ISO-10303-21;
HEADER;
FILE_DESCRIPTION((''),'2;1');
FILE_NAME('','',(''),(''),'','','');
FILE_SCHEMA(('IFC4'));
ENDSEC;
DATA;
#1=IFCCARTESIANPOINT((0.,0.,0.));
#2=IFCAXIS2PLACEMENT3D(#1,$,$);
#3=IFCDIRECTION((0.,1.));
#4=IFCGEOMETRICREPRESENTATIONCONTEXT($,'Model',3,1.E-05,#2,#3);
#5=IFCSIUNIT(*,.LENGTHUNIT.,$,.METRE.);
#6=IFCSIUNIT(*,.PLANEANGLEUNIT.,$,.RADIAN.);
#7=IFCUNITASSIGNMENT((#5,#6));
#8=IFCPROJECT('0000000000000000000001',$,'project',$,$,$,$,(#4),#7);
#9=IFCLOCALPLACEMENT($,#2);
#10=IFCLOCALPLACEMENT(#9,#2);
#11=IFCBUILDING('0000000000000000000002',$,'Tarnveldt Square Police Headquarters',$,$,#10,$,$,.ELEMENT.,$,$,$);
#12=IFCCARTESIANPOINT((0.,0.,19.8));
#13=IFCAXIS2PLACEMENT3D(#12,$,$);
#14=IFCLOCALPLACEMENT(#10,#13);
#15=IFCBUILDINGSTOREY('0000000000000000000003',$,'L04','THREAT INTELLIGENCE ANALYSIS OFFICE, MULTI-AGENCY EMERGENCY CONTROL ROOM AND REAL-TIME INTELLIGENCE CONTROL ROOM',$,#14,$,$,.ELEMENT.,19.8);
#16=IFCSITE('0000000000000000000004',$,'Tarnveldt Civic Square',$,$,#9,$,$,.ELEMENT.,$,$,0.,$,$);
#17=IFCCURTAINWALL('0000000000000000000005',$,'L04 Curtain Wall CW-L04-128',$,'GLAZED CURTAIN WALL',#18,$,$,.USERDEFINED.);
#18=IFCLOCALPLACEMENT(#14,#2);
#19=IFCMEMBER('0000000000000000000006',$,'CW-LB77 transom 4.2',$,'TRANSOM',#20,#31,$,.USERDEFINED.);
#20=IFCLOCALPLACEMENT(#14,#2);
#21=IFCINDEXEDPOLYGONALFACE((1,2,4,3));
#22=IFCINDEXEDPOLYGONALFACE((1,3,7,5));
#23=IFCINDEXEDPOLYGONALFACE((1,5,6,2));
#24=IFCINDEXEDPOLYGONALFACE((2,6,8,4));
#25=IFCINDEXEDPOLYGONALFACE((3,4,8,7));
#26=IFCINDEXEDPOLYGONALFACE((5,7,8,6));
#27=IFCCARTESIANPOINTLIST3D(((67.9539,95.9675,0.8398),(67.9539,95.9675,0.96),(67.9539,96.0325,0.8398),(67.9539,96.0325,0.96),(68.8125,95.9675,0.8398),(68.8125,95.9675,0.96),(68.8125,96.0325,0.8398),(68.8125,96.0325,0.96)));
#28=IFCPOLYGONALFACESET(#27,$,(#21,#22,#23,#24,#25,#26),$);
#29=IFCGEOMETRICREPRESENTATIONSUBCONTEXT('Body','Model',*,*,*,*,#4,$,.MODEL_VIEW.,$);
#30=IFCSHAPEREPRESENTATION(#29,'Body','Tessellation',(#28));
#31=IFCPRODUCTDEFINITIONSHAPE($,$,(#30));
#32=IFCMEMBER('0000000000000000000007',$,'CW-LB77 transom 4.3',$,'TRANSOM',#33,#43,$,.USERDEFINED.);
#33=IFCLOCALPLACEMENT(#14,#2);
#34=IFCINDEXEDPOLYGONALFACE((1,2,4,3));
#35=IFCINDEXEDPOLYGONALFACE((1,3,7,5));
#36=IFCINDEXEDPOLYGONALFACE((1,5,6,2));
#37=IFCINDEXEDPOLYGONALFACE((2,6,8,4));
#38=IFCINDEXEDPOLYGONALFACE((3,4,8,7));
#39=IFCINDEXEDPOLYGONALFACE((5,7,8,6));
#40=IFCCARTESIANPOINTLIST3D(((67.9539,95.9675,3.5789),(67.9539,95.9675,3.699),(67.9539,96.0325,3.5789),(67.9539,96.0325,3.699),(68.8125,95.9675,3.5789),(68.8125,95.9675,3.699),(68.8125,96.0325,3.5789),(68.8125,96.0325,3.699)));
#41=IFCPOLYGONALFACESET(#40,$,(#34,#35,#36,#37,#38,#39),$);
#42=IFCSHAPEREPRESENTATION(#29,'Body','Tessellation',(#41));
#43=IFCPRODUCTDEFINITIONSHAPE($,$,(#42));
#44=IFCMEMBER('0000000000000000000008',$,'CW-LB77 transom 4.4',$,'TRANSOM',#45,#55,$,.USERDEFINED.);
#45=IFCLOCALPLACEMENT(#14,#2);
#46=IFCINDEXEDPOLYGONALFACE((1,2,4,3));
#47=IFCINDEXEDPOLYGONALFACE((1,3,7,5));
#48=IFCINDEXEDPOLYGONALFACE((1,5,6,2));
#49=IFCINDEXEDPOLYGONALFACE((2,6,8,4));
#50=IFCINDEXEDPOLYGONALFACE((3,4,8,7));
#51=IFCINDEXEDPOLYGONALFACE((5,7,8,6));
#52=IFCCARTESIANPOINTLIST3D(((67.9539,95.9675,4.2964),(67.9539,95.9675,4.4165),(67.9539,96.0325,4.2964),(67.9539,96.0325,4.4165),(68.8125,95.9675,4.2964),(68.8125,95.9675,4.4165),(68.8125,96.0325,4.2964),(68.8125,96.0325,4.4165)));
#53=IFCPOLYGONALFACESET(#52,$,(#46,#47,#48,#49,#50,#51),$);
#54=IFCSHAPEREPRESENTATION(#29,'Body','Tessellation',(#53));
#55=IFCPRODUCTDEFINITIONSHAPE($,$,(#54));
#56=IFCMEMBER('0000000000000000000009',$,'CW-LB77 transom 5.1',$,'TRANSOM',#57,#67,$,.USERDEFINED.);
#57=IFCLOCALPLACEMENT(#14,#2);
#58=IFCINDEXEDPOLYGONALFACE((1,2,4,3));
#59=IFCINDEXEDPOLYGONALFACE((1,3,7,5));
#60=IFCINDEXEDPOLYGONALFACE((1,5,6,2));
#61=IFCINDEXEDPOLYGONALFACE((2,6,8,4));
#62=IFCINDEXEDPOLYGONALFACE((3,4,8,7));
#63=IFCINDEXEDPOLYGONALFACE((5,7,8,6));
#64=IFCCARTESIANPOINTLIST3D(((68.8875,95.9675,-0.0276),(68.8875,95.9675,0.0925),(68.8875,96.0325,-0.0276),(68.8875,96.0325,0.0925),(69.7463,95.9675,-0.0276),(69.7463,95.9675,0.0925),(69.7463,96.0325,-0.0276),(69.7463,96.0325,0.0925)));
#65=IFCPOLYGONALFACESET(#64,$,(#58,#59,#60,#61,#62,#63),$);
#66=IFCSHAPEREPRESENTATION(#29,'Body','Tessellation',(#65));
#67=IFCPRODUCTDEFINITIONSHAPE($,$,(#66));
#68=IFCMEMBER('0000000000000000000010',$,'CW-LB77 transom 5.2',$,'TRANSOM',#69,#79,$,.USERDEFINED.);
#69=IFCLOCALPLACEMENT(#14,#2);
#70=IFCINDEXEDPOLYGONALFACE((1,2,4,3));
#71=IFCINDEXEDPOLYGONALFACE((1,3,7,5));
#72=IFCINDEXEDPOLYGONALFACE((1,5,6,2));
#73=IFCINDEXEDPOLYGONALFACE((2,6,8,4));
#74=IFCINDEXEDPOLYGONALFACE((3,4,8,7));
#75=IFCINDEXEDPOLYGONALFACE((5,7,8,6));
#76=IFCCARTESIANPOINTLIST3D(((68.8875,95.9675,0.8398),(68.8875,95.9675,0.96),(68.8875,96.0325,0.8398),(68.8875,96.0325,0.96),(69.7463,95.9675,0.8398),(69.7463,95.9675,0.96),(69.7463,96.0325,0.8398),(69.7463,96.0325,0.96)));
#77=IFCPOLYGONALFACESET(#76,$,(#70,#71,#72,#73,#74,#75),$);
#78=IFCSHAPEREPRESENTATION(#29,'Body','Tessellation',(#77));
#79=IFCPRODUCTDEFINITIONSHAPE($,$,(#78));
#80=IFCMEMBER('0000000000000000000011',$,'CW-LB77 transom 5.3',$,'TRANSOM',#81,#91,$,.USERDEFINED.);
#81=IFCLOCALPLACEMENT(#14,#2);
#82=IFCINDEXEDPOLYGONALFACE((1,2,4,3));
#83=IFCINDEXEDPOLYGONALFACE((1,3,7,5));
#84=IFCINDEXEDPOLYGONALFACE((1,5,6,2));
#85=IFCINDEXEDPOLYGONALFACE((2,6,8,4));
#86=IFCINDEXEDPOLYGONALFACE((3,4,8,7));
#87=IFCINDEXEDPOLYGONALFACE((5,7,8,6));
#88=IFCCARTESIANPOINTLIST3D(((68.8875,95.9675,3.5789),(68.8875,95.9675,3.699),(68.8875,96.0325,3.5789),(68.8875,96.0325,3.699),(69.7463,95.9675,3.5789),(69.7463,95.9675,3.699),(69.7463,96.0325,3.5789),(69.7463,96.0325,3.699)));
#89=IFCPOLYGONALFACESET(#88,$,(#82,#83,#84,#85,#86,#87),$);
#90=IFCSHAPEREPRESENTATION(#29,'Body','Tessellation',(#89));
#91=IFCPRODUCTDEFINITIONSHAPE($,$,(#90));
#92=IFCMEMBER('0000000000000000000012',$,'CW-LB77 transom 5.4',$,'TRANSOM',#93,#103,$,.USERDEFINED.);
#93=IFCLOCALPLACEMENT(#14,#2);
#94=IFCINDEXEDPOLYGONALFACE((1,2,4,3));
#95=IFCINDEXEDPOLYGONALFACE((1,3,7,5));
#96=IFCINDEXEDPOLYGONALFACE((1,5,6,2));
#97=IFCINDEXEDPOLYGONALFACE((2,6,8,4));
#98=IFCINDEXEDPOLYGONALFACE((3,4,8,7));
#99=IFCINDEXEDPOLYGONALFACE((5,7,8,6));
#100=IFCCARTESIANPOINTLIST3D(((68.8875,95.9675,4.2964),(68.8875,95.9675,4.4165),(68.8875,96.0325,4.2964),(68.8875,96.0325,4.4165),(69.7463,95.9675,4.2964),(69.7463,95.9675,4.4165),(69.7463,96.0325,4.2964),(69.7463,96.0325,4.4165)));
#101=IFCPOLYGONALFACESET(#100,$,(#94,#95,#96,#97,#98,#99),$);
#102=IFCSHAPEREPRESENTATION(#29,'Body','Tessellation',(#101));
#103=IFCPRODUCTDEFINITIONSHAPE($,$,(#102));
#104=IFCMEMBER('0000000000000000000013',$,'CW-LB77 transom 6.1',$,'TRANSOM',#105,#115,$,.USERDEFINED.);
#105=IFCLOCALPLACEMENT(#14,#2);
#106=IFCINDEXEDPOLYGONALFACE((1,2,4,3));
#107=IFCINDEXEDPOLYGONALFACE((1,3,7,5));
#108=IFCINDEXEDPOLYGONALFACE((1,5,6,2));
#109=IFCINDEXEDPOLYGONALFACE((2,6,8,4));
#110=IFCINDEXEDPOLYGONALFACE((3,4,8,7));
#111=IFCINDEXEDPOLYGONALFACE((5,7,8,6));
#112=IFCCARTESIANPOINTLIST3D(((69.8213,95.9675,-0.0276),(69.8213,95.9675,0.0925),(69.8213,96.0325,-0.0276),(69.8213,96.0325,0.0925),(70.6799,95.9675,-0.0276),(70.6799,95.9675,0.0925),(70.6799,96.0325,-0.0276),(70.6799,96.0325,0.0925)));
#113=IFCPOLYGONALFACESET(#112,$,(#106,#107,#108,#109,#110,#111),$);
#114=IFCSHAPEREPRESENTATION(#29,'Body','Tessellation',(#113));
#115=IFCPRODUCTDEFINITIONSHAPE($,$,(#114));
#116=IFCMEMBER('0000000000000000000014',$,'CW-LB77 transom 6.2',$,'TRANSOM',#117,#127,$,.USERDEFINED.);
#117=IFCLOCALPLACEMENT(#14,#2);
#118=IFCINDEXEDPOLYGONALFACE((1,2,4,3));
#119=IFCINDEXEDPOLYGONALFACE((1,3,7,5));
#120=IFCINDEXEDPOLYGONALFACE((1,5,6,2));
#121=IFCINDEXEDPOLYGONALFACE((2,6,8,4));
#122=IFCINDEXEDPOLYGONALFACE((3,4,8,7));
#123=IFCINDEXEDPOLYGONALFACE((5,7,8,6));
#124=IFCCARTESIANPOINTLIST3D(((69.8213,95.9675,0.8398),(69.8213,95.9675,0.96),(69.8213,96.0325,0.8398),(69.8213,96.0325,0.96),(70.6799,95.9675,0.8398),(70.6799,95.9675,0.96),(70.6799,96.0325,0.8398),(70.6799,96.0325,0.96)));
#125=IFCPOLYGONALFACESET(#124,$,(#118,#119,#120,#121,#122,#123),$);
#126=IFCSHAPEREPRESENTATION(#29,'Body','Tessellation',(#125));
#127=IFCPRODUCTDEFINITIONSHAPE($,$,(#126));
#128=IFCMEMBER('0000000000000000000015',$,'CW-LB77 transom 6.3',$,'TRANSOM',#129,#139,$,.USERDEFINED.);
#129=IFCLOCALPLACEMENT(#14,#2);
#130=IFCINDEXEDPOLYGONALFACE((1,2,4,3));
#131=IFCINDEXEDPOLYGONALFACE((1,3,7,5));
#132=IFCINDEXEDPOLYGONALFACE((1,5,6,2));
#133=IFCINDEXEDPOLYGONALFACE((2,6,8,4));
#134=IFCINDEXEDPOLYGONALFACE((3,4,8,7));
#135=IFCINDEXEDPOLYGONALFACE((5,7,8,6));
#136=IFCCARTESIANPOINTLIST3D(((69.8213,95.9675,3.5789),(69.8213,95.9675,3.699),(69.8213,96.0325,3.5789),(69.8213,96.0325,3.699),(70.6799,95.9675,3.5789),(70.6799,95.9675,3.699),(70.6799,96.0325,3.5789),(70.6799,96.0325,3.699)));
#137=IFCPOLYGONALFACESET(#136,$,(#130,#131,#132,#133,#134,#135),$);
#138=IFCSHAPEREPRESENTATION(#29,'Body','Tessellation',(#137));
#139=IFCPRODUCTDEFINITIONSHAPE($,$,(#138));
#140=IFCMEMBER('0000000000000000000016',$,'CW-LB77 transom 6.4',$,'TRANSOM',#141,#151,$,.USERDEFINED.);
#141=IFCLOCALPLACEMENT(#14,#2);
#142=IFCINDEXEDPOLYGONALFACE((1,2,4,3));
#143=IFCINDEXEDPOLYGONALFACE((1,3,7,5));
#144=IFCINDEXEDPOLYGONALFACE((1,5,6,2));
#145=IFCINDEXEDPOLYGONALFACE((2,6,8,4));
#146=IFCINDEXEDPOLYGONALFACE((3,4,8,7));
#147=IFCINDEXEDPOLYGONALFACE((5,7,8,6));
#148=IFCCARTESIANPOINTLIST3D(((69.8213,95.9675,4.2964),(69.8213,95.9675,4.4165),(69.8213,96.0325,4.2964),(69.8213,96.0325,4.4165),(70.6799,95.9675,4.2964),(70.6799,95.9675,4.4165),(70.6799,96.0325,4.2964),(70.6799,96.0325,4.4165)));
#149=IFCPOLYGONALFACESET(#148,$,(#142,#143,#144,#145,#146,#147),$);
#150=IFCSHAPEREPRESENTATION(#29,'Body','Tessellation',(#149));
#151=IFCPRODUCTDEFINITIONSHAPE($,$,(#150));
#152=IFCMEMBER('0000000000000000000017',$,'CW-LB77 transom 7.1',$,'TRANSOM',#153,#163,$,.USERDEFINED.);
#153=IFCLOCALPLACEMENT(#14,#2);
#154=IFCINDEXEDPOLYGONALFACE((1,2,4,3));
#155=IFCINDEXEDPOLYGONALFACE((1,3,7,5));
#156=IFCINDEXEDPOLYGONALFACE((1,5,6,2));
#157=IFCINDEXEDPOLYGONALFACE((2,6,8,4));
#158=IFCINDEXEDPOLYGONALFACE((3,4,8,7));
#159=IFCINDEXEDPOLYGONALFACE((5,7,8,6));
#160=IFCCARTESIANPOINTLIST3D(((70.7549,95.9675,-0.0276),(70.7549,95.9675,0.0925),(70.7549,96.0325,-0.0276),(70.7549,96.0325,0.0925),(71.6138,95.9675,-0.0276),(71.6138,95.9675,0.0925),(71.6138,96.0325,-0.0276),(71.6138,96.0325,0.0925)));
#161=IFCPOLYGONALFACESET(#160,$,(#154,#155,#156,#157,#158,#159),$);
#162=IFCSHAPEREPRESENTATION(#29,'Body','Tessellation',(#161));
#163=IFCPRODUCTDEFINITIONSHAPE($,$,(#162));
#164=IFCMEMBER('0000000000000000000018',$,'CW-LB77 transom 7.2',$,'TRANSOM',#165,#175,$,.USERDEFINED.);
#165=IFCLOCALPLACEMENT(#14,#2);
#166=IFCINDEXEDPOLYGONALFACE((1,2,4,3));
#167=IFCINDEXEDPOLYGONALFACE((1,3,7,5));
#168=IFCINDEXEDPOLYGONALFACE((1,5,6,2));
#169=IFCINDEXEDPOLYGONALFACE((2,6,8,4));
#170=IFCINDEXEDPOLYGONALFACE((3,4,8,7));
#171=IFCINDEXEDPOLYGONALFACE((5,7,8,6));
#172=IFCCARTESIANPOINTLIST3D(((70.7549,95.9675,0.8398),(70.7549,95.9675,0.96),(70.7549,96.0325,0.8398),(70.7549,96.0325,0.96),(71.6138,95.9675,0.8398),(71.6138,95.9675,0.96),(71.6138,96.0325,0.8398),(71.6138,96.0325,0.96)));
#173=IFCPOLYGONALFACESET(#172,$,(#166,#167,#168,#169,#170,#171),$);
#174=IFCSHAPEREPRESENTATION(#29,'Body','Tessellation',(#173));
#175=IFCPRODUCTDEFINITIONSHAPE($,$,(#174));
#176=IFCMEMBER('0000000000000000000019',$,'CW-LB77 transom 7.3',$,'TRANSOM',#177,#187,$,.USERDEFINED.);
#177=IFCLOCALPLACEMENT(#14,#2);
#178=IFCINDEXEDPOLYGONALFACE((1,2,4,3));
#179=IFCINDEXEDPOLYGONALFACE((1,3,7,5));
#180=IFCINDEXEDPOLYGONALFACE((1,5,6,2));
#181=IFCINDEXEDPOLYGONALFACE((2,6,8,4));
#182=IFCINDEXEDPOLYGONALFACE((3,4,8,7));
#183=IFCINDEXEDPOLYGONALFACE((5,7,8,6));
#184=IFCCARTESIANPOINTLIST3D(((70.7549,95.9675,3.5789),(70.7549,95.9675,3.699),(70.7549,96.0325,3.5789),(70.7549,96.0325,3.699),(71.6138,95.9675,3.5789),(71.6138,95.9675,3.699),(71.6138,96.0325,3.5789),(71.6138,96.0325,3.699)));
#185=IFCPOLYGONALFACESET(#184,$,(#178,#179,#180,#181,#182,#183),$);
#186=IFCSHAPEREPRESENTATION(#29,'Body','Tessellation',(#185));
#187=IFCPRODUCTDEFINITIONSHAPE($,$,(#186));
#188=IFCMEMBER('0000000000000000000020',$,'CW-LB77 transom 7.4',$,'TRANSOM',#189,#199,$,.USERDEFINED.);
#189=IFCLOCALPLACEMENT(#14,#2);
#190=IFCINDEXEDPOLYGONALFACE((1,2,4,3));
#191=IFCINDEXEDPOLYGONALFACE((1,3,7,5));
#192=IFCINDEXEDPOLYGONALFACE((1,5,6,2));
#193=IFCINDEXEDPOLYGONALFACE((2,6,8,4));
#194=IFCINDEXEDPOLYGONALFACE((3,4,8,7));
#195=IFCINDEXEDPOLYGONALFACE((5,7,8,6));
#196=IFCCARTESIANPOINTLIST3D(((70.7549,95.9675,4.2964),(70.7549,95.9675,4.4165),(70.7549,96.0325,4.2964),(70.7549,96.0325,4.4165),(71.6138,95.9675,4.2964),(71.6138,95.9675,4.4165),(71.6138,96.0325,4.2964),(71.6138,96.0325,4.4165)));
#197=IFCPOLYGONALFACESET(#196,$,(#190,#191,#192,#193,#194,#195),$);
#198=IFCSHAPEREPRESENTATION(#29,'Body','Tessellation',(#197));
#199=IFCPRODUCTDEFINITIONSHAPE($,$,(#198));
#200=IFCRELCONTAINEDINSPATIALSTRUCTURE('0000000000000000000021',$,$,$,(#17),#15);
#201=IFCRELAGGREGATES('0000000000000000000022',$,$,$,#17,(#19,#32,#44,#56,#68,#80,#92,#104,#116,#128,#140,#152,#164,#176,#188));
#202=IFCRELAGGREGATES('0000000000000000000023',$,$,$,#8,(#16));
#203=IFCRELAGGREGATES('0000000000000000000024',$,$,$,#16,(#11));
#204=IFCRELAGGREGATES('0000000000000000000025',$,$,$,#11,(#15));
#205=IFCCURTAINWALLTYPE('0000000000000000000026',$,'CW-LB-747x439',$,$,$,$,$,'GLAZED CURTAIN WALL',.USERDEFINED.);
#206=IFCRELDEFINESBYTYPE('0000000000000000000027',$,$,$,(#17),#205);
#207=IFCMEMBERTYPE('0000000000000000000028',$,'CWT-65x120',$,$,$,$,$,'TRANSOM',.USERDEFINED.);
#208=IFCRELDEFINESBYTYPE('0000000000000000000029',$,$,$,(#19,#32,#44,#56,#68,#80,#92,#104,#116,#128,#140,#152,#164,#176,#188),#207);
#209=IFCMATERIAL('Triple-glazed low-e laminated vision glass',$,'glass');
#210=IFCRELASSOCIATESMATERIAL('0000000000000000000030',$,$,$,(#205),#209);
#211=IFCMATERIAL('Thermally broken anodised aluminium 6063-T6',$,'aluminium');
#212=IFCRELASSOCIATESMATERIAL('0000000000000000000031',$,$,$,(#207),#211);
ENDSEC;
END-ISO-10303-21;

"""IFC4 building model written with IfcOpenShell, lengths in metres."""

from ifc_helpers import new_model, si_unit, direction, frame, origin, origin_2d, place, context, subcontext, project, spatial, rectangle, extrude, material, material_profile, profile_set, type_object, element, aggregate, save


model = new_model("IFC4")

# Units and contexts
model_context = context("Model", 3, precision=1e-05, world=origin(), true_north=direction((0.0, 1.0)))
body_context = subcontext(model_context, "Body", "Model", "MODEL_VIEW")
ifc_project = project(units=[si_unit("LENGTHUNIT", "METRE"), si_unit("PLANEANGLEUNIT", "RADIAN")], contexts=[model_context])

# Site, building, storey
site_placement = place(None, origin())
site = spatial("IfcSite", under=ifc_project, at=site_placement, Name="Tarnveldt Civic Square", CompositionType="ELEMENT", RefElevation=0.0)
building_placement = place(site_placement, origin())
building = spatial("IfcBuilding", under=site, at=building_placement, Name="Tarnveldt Square Police Headquarters", CompositionType="ELEMENT")
storey_placement = place(building_placement, frame((0.0, 0.0, 19.8)))
storey = spatial("IfcBuildingStorey", under=building, at=storey_placement, Name="L04", Description="THREAT INTELLIGENCE ANALYSIS OFFICE, MULTI-AGENCY EMERGENCY CONTROL ROOM AND REAL-TIME INTELLIGENCE CONTROL ROOM", CompositionType="ELEMENT", Elevation=19.8)

# Curtain wall, members
ifc_material_1 = material(Name="Triple-glazed low-e laminated vision glass", Category="glass")
curtain_wall_type = type_object("IfcCurtainWallType", Name="CW-LB-747x439", ElementType="GLAZED CURTAIN WALL", PredefinedType="USERDEFINED", material=ifc_material_1)
curtain_wall_placement = place(storey_placement, origin())
curtain_wall = element("IfcCurtainWall", 1, at=curtain_wall_placement, inside=storey, type_object=curtain_wall_type, Name="L04 Curtain Wall CW-L04-128", ObjectType="GLAZED CURTAIN WALL", PredefinedType="USERDEFINED")
ifc_material_2 = material(Name="Thermally broken anodised aluminium 6063-T6", Category="aluminium")
ifc_material_profile_1 = material_profile(ifc_material_2, rectangle(XDim=0.0649, YDim=0.1201, at=origin_2d()), Name="CW-T65x120")
ifc_profile_set_1 = profile_set([ifc_material_profile_1], Name="Thermally broken anodised aluminium 6063-T6")
member_type_1 = type_object("IfcMemberType", Name="CWT-65x120", ElementType="TRANSOM", PredefinedType="USERDEFINED", material=ifc_profile_set_1)
member_1_placement = place(storey_placement, frame((67.9539, 96.0, 0.8999), z_axis=(1.0, 0.0, 0.0), x_axis=(0.0, 1.0, 0.0)))
member_1 = element("IfcMember", 2, at=member_1_placement, type_object=member_type_1, Name="CW-LB77 transom 4.2", ObjectType="TRANSOM", PredefinedType="USERDEFINED", context=body_context, shape_type="SweptSolid", body=[
    extrude(rectangle(XDim=0.0649, YDim=0.1201, at=origin_2d()), origin(), (0.0, 0.0, 1.0), 0.8586),
])
member_2_placement = place(storey_placement, frame((67.9539, 96.0, 3.6389), z_axis=(1.0, 0.0, 0.0), x_axis=(0.0, 1.0, 0.0)))
member_2 = element("IfcMember", 3, at=member_2_placement, type_object=member_type_1, Name="CW-LB77 transom 4.3", ObjectType="TRANSOM", PredefinedType="USERDEFINED", context=body_context, shape_type="SweptSolid", body=[
    extrude(rectangle(XDim=0.0649, YDim=0.1201, at=origin_2d()), origin(), (0.0, 0.0, 1.0), 0.8586),
])
member_3_placement = place(storey_placement, frame((67.9539, 96.0, 4.3564), z_axis=(1.0, 0.0, 0.0), x_axis=(0.0, 1.0, 0.0)))
member_3 = element("IfcMember", 4, at=member_3_placement, type_object=member_type_1, Name="CW-LB77 transom 4.4", ObjectType="TRANSOM", PredefinedType="USERDEFINED", context=body_context, shape_type="SweptSolid", body=[
    extrude(rectangle(XDim=0.0649, YDim=0.1201, at=origin_2d()), origin(), (0.0, 0.0, 1.0), 0.8586),
])
member_4_placement = place(storey_placement, frame((68.8875, 96.0, 0.0325), z_axis=(1.0, 0.0, 0.0), x_axis=(0.0, 1.0, 0.0)))
member_4 = element("IfcMember", 5, at=member_4_placement, type_object=member_type_1, Name="CW-LB77 transom 5.1", ObjectType="TRANSOM", PredefinedType="USERDEFINED", context=body_context, shape_type="SweptSolid", body=[
    extrude(rectangle(XDim=0.0649, YDim=0.1201, at=origin_2d()), origin(), (0.0, 0.0, 1.0), 0.8589),
])
member_5_placement = place(storey_placement, frame((68.8875, 96.0, 0.8999), z_axis=(1.0, 0.0, 0.0), x_axis=(0.0, 1.0, 0.0)))
member_5 = element("IfcMember", 6, at=member_5_placement, type_object=member_type_1, Name="CW-LB77 transom 5.2", ObjectType="TRANSOM", PredefinedType="USERDEFINED", context=body_context, shape_type="SweptSolid", body=[
    extrude(rectangle(XDim=0.0649, YDim=0.1201, at=origin_2d()), origin(), (0.0, 0.0, 1.0), 0.8589),
])
member_6_placement = place(storey_placement, frame((68.8875, 96.0, 3.6389), z_axis=(1.0, 0.0, 0.0), x_axis=(0.0, 1.0, 0.0)))
member_6 = element("IfcMember", 7, at=member_6_placement, type_object=member_type_1, Name="CW-LB77 transom 5.3", ObjectType="TRANSOM", PredefinedType="USERDEFINED", context=body_context, shape_type="SweptSolid", body=[
    extrude(rectangle(XDim=0.0649, YDim=0.1201, at=origin_2d()), origin(), (0.0, 0.0, 1.0), 0.8589),
])
member_7_placement = place(storey_placement, frame((68.8875, 96.0, 4.3564), z_axis=(1.0, 0.0, 0.0), x_axis=(0.0, 1.0, 0.0)))
member_7 = element("IfcMember", 8, at=member_7_placement, type_object=member_type_1, Name="CW-LB77 transom 5.4", ObjectType="TRANSOM", PredefinedType="USERDEFINED", context=body_context, shape_type="SweptSolid", body=[
    extrude(rectangle(XDim=0.0649, YDim=0.1201, at=origin_2d()), origin(), (0.0, 0.0, 1.0), 0.8589),
])
member_8_placement = place(storey_placement, frame((69.8213, 96.0, 0.0325), z_axis=(1.0, 0.0, 0.0), x_axis=(0.0, 1.0, 0.0)))
member_8 = element("IfcMember", 9, at=member_8_placement, type_object=member_type_1, Name="CW-LB77 transom 6.1", ObjectType="TRANSOM", PredefinedType="USERDEFINED", context=body_context, shape_type="SweptSolid", body=[
    extrude(rectangle(XDim=0.0649, YDim=0.1201, at=origin_2d()), origin(), (0.0, 0.0, 1.0), 0.8586),
])
member_9_placement = place(storey_placement, frame((69.8213, 96.0, 0.8999), z_axis=(1.0, 0.0, 0.0), x_axis=(0.0, 1.0, 0.0)))
member_9 = element("IfcMember", 10, at=member_9_placement, type_object=member_type_1, Name="CW-LB77 transom 6.2", ObjectType="TRANSOM", PredefinedType="USERDEFINED", context=body_context, shape_type="SweptSolid", body=[
    extrude(rectangle(XDim=0.0649, YDim=0.1201, at=origin_2d()), origin(), (0.0, 0.0, 1.0), 0.8586),
])
member_10_placement = place(storey_placement, frame((69.8213, 96.0, 3.6389), z_axis=(1.0, 0.0, 0.0), x_axis=(0.0, 1.0, 0.0)))
member_10 = element("IfcMember", 11, at=member_10_placement, type_object=member_type_1, Name="CW-LB77 transom 6.3", ObjectType="TRANSOM", PredefinedType="USERDEFINED", context=body_context, shape_type="SweptSolid", body=[
    extrude(rectangle(XDim=0.0649, YDim=0.1201, at=origin_2d()), origin(), (0.0, 0.0, 1.0), 0.8586),
])
member_11_placement = place(storey_placement, frame((69.8213, 96.0, 4.3564), z_axis=(1.0, 0.0, 0.0), x_axis=(0.0, 1.0, 0.0)))
member_11 = element("IfcMember", 12, at=member_11_placement, type_object=member_type_1, Name="CW-LB77 transom 6.4", ObjectType="TRANSOM", PredefinedType="USERDEFINED", context=body_context, shape_type="SweptSolid", body=[
    extrude(rectangle(XDim=0.0649, YDim=0.1201, at=origin_2d()), origin(), (0.0, 0.0, 1.0), 0.8586),
])
member_12_placement = place(storey_placement, frame((70.7549, 96.0, 0.0325), z_axis=(1.0, 0.0, 0.0), x_axis=(0.0, 1.0, 0.0)))
member_12 = element("IfcMember", 13, at=member_12_placement, type_object=member_type_1, Name="CW-LB77 transom 7.1", ObjectType="TRANSOM", PredefinedType="USERDEFINED", context=body_context, shape_type="SweptSolid", body=[
    extrude(rectangle(XDim=0.0649, YDim=0.1201, at=origin_2d()), origin(), (0.0, 0.0, 1.0), 0.8589),
])
member_13_placement = place(storey_placement, frame((70.7549, 96.0, 0.8999), z_axis=(1.0, 0.0, 0.0), x_axis=(0.0, 1.0, 0.0)))
member_13 = element("IfcMember", 14, at=member_13_placement, type_object=member_type_1, Name="CW-LB77 transom 7.2", ObjectType="TRANSOM", PredefinedType="USERDEFINED", context=body_context, shape_type="SweptSolid", body=[
    extrude(rectangle(XDim=0.0649, YDim=0.1201, at=origin_2d()), origin(), (0.0, 0.0, 1.0), 0.8589),
])
member_14_placement = place(storey_placement, frame((70.7549, 96.0, 3.6389), z_axis=(1.0, 0.0, 0.0), x_axis=(0.0, 1.0, 0.0)))
member_14 = element("IfcMember", 15, at=member_14_placement, type_object=member_type_1, Name="CW-LB77 transom 7.3", ObjectType="TRANSOM", PredefinedType="USERDEFINED", context=body_context, shape_type="SweptSolid", body=[
    extrude(rectangle(XDim=0.0649, YDim=0.1201, at=origin_2d()), origin(), (0.0, 0.0, 1.0), 0.8589),
])
member_15_placement = place(storey_placement, frame((70.7549, 96.0, 4.3564), z_axis=(1.0, 0.0, 0.0), x_axis=(0.0, 1.0, 0.0)))
member_15 = element("IfcMember", 16, at=member_15_placement, type_object=member_type_1, Name="CW-LB77 transom 7.4", ObjectType="TRANSOM", PredefinedType="USERDEFINED", context=body_context, shape_type="SweptSolid", body=[
    extrude(rectangle(XDim=0.0649, YDim=0.1201, at=origin_2d()), origin(), (0.0, 0.0, 1.0), 0.8589),
])
aggregate(curtain_wall, [member_1, member_2, member_3, member_4, member_5, member_6, member_7, member_8, member_9, member_10, member_11, member_12, member_13, member_14, member_15])

save(model, "model.ifc")
